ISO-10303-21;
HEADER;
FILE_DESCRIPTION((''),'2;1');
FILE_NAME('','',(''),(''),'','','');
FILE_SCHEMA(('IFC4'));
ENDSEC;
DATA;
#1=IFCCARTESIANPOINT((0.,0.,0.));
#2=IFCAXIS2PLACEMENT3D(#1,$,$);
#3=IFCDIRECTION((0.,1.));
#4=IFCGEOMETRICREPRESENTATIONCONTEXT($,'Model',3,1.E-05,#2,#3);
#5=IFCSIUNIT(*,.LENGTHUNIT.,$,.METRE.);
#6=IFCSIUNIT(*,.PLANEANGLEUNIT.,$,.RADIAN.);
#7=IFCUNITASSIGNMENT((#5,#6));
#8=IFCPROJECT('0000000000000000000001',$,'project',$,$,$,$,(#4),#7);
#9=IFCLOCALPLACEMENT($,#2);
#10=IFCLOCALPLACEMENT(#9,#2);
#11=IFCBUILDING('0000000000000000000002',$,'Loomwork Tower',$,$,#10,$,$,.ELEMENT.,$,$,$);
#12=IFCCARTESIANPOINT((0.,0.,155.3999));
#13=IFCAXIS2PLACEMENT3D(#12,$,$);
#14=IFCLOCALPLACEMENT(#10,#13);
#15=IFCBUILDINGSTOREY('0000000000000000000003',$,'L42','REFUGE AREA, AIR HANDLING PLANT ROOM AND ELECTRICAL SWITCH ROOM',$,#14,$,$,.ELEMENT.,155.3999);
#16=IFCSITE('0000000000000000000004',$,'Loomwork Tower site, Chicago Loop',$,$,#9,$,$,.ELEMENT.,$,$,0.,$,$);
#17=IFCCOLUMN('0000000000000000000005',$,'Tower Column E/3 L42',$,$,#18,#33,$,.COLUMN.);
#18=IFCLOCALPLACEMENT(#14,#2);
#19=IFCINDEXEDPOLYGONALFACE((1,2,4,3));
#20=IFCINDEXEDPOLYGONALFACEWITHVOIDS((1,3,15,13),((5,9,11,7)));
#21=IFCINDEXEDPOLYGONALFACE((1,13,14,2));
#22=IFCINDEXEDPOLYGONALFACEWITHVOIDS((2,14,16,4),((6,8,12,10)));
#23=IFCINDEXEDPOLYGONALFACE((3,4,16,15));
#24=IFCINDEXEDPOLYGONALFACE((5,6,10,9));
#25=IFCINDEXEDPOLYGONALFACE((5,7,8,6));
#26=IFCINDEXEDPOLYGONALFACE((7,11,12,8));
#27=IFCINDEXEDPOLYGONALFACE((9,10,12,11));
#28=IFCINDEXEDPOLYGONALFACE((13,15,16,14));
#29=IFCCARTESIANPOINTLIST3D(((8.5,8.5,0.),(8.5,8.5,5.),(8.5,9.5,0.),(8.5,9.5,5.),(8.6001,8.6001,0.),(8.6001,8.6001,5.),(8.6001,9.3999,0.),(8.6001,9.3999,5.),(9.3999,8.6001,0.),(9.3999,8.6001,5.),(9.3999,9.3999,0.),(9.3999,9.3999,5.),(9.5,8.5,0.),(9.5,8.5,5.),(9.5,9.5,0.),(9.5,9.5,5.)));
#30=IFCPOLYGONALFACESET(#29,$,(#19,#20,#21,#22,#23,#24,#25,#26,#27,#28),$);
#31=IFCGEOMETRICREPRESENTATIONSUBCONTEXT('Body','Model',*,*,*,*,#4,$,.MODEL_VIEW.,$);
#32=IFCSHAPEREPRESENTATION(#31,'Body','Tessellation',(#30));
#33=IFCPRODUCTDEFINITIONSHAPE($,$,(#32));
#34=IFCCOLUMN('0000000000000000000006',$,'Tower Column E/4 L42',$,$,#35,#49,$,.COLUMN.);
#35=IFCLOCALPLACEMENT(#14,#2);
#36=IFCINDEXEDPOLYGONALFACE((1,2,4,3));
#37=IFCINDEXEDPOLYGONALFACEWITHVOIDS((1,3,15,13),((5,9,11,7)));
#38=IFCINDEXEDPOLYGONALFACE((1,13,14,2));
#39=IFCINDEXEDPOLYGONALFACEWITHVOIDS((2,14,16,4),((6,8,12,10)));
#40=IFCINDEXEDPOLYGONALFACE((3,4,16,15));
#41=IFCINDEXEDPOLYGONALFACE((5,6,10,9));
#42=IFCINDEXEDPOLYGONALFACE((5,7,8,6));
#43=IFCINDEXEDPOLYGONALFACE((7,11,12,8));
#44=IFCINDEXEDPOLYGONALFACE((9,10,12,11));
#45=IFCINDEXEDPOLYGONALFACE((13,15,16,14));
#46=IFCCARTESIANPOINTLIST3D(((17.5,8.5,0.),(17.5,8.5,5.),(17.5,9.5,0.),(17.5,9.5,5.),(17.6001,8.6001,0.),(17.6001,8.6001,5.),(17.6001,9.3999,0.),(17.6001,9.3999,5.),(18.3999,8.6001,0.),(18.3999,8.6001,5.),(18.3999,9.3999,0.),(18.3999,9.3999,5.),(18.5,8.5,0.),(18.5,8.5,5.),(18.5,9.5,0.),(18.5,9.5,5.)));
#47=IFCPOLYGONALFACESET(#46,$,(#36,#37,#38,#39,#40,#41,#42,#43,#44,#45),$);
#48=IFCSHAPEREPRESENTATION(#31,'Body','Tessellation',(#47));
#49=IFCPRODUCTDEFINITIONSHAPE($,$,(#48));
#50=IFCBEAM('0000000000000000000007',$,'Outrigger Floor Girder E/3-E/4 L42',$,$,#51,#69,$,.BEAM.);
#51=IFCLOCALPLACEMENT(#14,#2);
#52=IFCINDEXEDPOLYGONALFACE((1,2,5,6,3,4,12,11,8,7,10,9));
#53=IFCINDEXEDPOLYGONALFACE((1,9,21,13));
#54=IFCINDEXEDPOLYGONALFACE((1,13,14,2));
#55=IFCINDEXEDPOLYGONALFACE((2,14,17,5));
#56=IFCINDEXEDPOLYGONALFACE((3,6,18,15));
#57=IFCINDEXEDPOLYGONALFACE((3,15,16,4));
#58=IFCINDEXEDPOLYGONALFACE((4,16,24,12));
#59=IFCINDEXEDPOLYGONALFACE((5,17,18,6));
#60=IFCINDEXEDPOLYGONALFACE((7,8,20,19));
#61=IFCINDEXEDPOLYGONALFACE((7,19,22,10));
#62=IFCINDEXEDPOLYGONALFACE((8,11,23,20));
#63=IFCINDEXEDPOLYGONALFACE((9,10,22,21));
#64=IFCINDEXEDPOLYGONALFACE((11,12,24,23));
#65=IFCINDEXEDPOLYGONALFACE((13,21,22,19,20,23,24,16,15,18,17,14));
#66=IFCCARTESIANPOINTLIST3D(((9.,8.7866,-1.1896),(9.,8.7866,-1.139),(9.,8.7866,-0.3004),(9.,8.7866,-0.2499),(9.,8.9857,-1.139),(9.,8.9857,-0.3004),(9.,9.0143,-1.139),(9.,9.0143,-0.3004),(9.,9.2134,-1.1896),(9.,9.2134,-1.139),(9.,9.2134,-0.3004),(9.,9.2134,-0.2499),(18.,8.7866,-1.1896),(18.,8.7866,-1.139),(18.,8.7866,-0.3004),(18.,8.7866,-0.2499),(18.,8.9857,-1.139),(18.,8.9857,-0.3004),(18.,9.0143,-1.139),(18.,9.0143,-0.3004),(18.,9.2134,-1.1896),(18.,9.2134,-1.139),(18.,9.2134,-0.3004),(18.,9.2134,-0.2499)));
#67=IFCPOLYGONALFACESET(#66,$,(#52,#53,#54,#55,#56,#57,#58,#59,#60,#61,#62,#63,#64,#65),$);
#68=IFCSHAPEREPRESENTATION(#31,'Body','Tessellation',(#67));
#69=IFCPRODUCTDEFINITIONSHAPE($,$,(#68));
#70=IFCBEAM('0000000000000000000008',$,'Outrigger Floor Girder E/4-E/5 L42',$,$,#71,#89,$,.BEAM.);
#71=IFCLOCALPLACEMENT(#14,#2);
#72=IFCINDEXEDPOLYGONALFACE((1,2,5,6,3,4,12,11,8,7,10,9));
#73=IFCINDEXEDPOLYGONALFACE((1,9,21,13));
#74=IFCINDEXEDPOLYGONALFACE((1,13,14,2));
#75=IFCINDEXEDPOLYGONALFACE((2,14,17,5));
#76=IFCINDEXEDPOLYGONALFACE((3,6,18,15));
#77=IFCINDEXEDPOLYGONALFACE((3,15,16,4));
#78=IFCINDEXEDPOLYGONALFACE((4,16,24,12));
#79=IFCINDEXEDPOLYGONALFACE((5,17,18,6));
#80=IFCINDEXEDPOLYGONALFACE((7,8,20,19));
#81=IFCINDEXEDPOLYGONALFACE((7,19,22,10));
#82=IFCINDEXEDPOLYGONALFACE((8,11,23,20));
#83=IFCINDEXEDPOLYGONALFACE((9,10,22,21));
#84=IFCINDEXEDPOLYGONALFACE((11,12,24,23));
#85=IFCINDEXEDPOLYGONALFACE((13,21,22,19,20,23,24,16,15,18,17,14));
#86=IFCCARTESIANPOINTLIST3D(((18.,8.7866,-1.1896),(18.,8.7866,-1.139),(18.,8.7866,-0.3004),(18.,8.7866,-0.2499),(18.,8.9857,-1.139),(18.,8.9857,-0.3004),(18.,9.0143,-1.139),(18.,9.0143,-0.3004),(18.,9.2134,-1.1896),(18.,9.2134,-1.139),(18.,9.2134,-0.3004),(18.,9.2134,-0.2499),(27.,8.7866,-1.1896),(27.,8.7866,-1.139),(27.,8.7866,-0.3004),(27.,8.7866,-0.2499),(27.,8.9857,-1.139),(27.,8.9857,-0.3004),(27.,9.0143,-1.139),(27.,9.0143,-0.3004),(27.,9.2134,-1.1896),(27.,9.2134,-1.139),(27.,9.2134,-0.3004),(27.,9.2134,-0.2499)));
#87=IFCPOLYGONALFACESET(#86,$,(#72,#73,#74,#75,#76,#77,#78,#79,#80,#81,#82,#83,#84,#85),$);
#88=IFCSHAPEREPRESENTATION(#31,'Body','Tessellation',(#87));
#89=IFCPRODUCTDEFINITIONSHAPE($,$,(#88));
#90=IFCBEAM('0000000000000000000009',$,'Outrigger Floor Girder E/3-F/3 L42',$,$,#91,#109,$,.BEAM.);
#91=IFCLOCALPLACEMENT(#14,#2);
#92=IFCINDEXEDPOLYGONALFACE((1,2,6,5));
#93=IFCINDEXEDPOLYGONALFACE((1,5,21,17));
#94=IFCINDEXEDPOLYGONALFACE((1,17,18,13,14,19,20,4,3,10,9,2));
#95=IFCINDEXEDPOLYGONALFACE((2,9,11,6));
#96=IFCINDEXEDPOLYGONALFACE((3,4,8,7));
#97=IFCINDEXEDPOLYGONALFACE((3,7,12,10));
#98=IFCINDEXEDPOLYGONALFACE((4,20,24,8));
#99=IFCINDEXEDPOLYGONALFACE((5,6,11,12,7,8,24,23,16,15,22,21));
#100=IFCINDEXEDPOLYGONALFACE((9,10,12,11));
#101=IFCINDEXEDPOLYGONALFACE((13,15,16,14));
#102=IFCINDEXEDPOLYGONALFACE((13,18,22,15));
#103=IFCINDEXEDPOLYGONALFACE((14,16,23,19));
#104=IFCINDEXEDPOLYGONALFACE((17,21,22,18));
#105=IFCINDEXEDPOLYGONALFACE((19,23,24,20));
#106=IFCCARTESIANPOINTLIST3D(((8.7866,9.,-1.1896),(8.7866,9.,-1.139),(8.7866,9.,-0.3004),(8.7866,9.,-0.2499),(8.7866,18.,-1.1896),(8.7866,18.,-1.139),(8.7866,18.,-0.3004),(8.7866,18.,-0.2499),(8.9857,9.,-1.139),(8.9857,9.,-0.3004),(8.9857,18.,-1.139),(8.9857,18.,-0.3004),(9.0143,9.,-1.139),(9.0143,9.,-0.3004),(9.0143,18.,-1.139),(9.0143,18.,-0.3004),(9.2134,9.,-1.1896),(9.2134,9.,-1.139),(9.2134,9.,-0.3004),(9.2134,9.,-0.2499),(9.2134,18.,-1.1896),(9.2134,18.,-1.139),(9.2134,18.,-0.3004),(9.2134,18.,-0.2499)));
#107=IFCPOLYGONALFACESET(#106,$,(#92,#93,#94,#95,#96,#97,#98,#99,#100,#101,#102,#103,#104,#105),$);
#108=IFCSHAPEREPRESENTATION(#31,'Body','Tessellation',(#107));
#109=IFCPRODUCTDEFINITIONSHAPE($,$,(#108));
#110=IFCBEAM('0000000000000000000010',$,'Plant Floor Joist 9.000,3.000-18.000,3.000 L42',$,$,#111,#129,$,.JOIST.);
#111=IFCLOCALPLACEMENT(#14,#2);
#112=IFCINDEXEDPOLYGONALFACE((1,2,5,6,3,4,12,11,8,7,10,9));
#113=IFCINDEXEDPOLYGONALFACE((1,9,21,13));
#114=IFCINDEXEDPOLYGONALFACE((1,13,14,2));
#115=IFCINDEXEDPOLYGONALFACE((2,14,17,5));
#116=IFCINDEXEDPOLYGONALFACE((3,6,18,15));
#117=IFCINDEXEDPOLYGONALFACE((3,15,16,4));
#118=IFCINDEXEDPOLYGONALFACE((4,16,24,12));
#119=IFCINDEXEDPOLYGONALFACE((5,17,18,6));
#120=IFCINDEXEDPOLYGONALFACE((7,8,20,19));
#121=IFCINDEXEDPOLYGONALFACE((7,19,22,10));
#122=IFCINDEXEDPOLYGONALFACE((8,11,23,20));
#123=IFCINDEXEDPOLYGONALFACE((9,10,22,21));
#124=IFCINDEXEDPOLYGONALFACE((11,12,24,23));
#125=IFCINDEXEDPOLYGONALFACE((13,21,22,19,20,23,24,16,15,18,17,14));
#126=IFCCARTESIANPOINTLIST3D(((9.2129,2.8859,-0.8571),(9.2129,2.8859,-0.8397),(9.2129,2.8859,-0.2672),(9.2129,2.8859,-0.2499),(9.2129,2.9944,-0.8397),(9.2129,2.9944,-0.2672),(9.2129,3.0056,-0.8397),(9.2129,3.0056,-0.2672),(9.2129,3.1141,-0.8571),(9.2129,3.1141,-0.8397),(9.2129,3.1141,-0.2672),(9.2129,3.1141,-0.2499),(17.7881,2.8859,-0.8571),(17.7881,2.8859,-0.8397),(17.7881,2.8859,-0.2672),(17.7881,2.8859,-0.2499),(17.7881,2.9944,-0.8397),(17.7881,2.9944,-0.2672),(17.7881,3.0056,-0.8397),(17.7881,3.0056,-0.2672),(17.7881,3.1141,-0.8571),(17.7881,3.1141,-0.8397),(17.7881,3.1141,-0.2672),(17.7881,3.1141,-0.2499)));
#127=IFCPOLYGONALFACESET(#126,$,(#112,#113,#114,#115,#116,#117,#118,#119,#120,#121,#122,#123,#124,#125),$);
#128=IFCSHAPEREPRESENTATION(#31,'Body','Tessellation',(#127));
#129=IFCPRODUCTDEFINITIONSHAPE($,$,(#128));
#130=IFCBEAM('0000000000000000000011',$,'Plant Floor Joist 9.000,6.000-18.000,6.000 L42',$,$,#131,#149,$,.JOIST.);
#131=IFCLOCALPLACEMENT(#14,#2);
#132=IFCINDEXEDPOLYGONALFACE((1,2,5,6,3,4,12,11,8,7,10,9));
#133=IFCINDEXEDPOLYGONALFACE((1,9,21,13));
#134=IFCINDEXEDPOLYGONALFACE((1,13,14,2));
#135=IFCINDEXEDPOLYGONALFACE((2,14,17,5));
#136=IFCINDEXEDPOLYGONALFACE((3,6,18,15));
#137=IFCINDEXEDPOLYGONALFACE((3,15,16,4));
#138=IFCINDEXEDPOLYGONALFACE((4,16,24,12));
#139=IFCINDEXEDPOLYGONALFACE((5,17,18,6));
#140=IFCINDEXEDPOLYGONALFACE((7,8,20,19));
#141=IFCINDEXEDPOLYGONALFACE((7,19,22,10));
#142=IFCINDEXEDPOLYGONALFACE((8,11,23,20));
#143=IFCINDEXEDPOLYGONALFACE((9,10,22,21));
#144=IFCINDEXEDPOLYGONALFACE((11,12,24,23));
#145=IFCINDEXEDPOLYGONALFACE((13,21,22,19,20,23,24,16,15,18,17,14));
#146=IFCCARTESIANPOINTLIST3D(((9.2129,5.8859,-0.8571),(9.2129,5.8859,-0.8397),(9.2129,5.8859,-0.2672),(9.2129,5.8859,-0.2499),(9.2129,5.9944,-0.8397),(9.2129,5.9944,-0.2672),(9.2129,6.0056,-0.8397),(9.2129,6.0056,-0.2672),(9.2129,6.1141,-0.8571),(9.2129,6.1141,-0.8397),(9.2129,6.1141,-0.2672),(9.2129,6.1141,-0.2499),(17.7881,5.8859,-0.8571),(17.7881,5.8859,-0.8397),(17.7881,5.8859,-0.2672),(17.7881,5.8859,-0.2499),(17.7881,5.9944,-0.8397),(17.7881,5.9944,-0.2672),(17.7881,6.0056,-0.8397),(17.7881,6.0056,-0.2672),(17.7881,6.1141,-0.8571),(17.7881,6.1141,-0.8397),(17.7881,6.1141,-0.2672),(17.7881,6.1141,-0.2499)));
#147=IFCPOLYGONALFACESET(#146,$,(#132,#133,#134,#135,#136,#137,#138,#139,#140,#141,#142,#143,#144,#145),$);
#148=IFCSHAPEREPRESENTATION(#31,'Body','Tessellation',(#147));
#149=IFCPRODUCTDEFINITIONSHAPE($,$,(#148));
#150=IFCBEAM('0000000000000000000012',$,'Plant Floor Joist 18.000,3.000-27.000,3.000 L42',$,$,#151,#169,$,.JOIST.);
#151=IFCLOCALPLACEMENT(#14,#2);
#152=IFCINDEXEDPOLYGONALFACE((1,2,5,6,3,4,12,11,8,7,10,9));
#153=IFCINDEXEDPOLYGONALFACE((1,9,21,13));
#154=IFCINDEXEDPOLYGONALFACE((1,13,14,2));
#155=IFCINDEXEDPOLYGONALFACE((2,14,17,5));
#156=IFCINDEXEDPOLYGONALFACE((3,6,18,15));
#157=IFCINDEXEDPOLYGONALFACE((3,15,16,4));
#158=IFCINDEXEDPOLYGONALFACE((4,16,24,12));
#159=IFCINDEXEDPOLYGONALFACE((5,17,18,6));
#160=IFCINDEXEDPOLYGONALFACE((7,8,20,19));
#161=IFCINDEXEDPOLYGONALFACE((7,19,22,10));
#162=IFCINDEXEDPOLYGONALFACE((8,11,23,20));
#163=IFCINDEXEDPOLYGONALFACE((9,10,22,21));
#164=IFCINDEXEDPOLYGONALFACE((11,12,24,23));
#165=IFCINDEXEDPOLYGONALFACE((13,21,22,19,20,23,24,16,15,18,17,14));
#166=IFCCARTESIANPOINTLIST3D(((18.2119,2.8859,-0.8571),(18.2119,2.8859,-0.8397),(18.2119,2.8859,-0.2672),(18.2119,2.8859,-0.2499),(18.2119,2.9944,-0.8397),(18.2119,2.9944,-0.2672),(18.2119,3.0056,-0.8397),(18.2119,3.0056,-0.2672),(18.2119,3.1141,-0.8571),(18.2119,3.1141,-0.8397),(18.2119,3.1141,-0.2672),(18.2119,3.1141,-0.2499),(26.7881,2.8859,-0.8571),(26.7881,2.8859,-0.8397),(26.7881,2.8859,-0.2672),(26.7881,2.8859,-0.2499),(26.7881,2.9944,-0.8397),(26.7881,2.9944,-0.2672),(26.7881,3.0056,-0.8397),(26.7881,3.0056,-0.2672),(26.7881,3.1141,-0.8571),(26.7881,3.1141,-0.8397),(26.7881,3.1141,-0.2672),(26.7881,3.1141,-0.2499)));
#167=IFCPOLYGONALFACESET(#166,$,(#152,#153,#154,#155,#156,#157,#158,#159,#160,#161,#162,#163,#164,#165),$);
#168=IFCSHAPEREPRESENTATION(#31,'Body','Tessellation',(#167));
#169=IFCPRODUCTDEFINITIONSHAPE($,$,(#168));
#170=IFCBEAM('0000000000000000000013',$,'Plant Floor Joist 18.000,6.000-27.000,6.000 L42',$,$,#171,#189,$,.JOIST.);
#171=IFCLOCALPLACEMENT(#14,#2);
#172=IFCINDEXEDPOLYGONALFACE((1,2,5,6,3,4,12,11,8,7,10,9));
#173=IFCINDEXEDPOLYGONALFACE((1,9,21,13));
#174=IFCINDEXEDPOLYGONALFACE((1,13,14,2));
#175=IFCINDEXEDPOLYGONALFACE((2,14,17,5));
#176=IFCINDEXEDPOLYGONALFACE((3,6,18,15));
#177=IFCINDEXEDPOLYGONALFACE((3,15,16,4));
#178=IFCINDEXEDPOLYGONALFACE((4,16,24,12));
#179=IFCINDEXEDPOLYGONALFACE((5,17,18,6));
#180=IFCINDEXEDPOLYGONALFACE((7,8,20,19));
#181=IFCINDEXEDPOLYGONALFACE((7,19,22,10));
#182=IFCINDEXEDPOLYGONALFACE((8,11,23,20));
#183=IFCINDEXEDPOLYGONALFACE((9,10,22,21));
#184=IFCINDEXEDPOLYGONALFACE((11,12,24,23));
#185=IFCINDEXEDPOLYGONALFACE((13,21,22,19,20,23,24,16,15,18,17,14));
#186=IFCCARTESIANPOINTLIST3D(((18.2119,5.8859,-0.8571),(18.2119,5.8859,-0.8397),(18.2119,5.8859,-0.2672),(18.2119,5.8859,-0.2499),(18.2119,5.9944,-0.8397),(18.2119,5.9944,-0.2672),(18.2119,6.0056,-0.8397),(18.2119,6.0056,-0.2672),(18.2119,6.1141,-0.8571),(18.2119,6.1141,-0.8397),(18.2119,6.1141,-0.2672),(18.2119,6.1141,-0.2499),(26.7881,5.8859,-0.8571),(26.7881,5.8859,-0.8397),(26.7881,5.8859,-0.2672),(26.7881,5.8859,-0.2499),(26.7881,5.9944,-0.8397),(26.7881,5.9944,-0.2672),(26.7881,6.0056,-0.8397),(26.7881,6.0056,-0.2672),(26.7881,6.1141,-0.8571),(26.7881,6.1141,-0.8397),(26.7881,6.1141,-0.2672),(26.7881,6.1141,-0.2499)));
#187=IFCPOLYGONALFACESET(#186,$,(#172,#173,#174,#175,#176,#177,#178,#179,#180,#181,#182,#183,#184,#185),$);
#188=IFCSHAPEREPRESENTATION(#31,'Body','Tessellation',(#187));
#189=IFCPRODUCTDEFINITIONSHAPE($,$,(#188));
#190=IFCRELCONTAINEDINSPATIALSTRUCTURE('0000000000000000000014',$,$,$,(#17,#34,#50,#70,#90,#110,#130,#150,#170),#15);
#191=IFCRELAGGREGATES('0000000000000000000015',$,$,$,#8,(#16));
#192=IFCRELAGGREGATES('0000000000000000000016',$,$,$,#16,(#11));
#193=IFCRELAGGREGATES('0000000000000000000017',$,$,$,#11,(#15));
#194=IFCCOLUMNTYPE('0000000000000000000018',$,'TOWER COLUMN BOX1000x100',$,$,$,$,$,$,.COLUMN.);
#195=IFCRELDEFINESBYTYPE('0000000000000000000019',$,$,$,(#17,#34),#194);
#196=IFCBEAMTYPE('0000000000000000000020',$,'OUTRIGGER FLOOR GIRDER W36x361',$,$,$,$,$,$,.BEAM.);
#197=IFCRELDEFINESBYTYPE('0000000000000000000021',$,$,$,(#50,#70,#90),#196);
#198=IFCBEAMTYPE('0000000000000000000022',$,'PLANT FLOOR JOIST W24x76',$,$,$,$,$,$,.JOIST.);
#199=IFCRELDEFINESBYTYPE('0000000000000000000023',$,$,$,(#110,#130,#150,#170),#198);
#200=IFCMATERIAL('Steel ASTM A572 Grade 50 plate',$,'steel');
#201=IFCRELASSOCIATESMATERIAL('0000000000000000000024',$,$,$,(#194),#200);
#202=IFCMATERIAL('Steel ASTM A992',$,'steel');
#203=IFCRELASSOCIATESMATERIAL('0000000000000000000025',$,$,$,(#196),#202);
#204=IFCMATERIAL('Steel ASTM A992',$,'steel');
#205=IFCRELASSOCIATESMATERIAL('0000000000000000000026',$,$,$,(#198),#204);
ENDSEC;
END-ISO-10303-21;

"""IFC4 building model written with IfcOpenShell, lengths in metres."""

from ifc_helpers import new_model, si_unit, direction, frame, origin, origin_2d, place, context, subcontext, project, spatial, hollow_rectangle, i_section, extrude, material, material_profile, profile_set, type_object, element, save


model = new_model("IFC4")

# Units and contexts
model_context = context("Model", 3, precision=1e-05, world=origin(), true_north=direction((0.0, 1.0)))
body_context = subcontext(model_context, "Body", "Model", "MODEL_VIEW")
ifc_project = project(units=[si_unit("LENGTHUNIT", "METRE"), si_unit("PLANEANGLEUNIT", "RADIAN")], contexts=[model_context])

# Site, building, storey
site_placement = place(None, origin())
site = spatial("IfcSite", under=ifc_project, at=site_placement, Name="Loomwork Tower site, Chicago Loop", CompositionType="ELEMENT", RefElevation=0.0)
building_placement = place(site_placement, origin())
building = spatial("IfcBuilding", under=site, at=building_placement, Name="Loomwork Tower", CompositionType="ELEMENT")
storey_placement = place(building_placement, frame((0.0, 0.0, 155.3999)))
storey = spatial("IfcBuildingStorey", under=building, at=storey_placement, Name="L42", Description="REFUGE AREA, AIR HANDLING PLANT ROOM AND ELECTRICAL SWITCH ROOM", CompositionType="ELEMENT", Elevation=155.3999)

# Columns
ifc_material_1 = material(Name="Steel ASTM A572 Grade 50 plate", Category="steel")
ifc_material_profile_1 = material_profile(ifc_material_1, hollow_rectangle(XDim=1.0, YDim=1.0, WallThickness=0.1001, at=origin_2d()), Name="BOX1000x100")
ifc_profile_set_1 = profile_set([ifc_material_profile_1], Name="Steel ASTM A572 Grade 50 plate")
column_type = type_object("IfcColumnType", Name="TOWER COLUMN BOX1000x100", PredefinedType="COLUMN", material=ifc_profile_set_1)
for number, where, z_axis, x_axis, name in (
    (1, (9.0, 9.0, 0.0), (0.0, 0.0, 1.0), (1.0, 0.0, 0.0), "Tower Column E/3 L42"),
    (2, (18.0, 9.0, 0.0), (0.0, 0.0, 1.0), (1.0, 0.0, 0.0), "Tower Column E/4 L42"),
):
    element("IfcColumn", number, at=place(storey_placement, frame(where, z_axis=z_axis, x_axis=x_axis)), inside=storey, type_object=column_type, Name=name, PredefinedType="COLUMN", context=body_context, shape_type="SweptSolid", body=[
        extrude(hollow_rectangle(XDim=1.0, YDim=1.0, WallThickness=0.1001, at=origin_2d()), origin(), (0.0, 0.0, 1.0), 5.0),
    ])

# Beams
ifc_material_2 = material(Name="Steel ASTM A992", Category="steel")
ifc_material_profile_2 = material_profile(ifc_material_2, i_section(OverallWidth=0.4268, OverallDepth=0.9397, WebThickness=0.0286, FlangeThickness=0.0505, at=origin_2d()), Name="W36x361")
ifc_profile_set_2 = profile_set([ifc_material_profile_2], Name="Steel ASTM A992")
beam_type_1 = type_object("IfcBeamType", Name="OUTRIGGER FLOOR GIRDER W36x361", PredefinedType="BEAM", material=ifc_profile_set_2)
for number, where, z_axis, x_axis, name in (
    (3, (9.0, 9.0, -0.7197), (1.0, 0.0, 0.0), (0.0, 1.0, 0.0), "Outrigger Floor Girder E/3-E/4 L42"),
    (4, (18.0, 9.0, -0.7197), (1.0, 0.0, 0.0), (0.0, 1.0, 0.0), "Outrigger Floor Girder E/4-E/5 L42"),
    (5, (9.0, 9.0, -0.7197), (0.0, 1.0, 0.0), (-1.0, 0.0, 0.0), "Outrigger Floor Girder E/3-F/3 L42"),
):
    element("IfcBeam", number, at=place(storey_placement, frame(where, z_axis=z_axis, x_axis=x_axis)), inside=storey, type_object=beam_type_1, Name=name, PredefinedType="BEAM", context=body_context, shape_type="SweptSolid", body=[
        extrude(i_section(OverallWidth=0.4268, OverallDepth=0.9397, WebThickness=0.0286, FlangeThickness=0.0505, at=origin_2d()), origin(), (0.0, 0.0, 1.0), 9.0),
    ])
ifc_material_3 = material(Name="Steel ASTM A992", Category="steel")
ifc_material_profile_3 = material_profile(ifc_material_3, i_section(OverallWidth=0.2283, OverallDepth=0.6072, WebThickness=0.0112, FlangeThickness=0.0173, at=origin_2d()), Name="W24x76")
ifc_profile_set_3 = profile_set([ifc_material_profile_3], Name="Steel ASTM A992")
beam_type_2 = type_object("IfcBeamType", Name="PLANT FLOOR JOIST W24x76", PredefinedType="JOIST", material=ifc_profile_set_3)
for number, where, z_axis, x_axis, name in (
    (6, (9.2129, 3.0, -0.5535), (1.0, 0.0, 0.0), (0.0, 1.0, 0.0), "Plant Floor Joist 9.000,3.000-18.000,3.000 L42"),
    (7, (9.2129, 6.0, -0.5535), (1.0, 0.0, 0.0), (0.0, 1.0, 0.0), "Plant Floor Joist 9.000,6.000-18.000,6.000 L42"),
):
    element("IfcBeam", number, at=place(storey_placement, frame(where, z_axis=z_axis, x_axis=x_axis)), inside=storey, type_object=beam_type_2, Name=name, PredefinedType="JOIST", context=body_context, shape_type="SweptSolid", body=[
        extrude(i_section(OverallWidth=0.2283, OverallDepth=0.6072, WebThickness=0.0112, FlangeThickness=0.0173, at=origin_2d()), origin(), (0.0, 0.0, 1.0), 8.5752),
    ])
for number, where, z_axis, x_axis, name in (
    (8, (18.2119, 3.0, -0.5535), (1.0, 0.0, 0.0), (0.0, 1.0, 0.0), "Plant Floor Joist 18.000,3.000-27.000,3.000 L42"),
    (9, (18.2119, 6.0, -0.5535), (1.0, 0.0, 0.0), (0.0, 1.0, 0.0), "Plant Floor Joist 18.000,6.000-27.000,6.000 L42"),
):
    element("IfcBeam", number, at=place(storey_placement, frame(where, z_axis=z_axis, x_axis=x_axis)), inside=storey, type_object=beam_type_2, Name=name, PredefinedType="JOIST", context=body_context, shape_type="SweptSolid", body=[
        extrude(i_section(OverallWidth=0.2283, OverallDepth=0.6072, WebThickness=0.0112, FlangeThickness=0.0173, at=origin_2d()), origin(), (0.0, 0.0, 1.0), 8.5762),
    ])

save(model, "model.ifc")
